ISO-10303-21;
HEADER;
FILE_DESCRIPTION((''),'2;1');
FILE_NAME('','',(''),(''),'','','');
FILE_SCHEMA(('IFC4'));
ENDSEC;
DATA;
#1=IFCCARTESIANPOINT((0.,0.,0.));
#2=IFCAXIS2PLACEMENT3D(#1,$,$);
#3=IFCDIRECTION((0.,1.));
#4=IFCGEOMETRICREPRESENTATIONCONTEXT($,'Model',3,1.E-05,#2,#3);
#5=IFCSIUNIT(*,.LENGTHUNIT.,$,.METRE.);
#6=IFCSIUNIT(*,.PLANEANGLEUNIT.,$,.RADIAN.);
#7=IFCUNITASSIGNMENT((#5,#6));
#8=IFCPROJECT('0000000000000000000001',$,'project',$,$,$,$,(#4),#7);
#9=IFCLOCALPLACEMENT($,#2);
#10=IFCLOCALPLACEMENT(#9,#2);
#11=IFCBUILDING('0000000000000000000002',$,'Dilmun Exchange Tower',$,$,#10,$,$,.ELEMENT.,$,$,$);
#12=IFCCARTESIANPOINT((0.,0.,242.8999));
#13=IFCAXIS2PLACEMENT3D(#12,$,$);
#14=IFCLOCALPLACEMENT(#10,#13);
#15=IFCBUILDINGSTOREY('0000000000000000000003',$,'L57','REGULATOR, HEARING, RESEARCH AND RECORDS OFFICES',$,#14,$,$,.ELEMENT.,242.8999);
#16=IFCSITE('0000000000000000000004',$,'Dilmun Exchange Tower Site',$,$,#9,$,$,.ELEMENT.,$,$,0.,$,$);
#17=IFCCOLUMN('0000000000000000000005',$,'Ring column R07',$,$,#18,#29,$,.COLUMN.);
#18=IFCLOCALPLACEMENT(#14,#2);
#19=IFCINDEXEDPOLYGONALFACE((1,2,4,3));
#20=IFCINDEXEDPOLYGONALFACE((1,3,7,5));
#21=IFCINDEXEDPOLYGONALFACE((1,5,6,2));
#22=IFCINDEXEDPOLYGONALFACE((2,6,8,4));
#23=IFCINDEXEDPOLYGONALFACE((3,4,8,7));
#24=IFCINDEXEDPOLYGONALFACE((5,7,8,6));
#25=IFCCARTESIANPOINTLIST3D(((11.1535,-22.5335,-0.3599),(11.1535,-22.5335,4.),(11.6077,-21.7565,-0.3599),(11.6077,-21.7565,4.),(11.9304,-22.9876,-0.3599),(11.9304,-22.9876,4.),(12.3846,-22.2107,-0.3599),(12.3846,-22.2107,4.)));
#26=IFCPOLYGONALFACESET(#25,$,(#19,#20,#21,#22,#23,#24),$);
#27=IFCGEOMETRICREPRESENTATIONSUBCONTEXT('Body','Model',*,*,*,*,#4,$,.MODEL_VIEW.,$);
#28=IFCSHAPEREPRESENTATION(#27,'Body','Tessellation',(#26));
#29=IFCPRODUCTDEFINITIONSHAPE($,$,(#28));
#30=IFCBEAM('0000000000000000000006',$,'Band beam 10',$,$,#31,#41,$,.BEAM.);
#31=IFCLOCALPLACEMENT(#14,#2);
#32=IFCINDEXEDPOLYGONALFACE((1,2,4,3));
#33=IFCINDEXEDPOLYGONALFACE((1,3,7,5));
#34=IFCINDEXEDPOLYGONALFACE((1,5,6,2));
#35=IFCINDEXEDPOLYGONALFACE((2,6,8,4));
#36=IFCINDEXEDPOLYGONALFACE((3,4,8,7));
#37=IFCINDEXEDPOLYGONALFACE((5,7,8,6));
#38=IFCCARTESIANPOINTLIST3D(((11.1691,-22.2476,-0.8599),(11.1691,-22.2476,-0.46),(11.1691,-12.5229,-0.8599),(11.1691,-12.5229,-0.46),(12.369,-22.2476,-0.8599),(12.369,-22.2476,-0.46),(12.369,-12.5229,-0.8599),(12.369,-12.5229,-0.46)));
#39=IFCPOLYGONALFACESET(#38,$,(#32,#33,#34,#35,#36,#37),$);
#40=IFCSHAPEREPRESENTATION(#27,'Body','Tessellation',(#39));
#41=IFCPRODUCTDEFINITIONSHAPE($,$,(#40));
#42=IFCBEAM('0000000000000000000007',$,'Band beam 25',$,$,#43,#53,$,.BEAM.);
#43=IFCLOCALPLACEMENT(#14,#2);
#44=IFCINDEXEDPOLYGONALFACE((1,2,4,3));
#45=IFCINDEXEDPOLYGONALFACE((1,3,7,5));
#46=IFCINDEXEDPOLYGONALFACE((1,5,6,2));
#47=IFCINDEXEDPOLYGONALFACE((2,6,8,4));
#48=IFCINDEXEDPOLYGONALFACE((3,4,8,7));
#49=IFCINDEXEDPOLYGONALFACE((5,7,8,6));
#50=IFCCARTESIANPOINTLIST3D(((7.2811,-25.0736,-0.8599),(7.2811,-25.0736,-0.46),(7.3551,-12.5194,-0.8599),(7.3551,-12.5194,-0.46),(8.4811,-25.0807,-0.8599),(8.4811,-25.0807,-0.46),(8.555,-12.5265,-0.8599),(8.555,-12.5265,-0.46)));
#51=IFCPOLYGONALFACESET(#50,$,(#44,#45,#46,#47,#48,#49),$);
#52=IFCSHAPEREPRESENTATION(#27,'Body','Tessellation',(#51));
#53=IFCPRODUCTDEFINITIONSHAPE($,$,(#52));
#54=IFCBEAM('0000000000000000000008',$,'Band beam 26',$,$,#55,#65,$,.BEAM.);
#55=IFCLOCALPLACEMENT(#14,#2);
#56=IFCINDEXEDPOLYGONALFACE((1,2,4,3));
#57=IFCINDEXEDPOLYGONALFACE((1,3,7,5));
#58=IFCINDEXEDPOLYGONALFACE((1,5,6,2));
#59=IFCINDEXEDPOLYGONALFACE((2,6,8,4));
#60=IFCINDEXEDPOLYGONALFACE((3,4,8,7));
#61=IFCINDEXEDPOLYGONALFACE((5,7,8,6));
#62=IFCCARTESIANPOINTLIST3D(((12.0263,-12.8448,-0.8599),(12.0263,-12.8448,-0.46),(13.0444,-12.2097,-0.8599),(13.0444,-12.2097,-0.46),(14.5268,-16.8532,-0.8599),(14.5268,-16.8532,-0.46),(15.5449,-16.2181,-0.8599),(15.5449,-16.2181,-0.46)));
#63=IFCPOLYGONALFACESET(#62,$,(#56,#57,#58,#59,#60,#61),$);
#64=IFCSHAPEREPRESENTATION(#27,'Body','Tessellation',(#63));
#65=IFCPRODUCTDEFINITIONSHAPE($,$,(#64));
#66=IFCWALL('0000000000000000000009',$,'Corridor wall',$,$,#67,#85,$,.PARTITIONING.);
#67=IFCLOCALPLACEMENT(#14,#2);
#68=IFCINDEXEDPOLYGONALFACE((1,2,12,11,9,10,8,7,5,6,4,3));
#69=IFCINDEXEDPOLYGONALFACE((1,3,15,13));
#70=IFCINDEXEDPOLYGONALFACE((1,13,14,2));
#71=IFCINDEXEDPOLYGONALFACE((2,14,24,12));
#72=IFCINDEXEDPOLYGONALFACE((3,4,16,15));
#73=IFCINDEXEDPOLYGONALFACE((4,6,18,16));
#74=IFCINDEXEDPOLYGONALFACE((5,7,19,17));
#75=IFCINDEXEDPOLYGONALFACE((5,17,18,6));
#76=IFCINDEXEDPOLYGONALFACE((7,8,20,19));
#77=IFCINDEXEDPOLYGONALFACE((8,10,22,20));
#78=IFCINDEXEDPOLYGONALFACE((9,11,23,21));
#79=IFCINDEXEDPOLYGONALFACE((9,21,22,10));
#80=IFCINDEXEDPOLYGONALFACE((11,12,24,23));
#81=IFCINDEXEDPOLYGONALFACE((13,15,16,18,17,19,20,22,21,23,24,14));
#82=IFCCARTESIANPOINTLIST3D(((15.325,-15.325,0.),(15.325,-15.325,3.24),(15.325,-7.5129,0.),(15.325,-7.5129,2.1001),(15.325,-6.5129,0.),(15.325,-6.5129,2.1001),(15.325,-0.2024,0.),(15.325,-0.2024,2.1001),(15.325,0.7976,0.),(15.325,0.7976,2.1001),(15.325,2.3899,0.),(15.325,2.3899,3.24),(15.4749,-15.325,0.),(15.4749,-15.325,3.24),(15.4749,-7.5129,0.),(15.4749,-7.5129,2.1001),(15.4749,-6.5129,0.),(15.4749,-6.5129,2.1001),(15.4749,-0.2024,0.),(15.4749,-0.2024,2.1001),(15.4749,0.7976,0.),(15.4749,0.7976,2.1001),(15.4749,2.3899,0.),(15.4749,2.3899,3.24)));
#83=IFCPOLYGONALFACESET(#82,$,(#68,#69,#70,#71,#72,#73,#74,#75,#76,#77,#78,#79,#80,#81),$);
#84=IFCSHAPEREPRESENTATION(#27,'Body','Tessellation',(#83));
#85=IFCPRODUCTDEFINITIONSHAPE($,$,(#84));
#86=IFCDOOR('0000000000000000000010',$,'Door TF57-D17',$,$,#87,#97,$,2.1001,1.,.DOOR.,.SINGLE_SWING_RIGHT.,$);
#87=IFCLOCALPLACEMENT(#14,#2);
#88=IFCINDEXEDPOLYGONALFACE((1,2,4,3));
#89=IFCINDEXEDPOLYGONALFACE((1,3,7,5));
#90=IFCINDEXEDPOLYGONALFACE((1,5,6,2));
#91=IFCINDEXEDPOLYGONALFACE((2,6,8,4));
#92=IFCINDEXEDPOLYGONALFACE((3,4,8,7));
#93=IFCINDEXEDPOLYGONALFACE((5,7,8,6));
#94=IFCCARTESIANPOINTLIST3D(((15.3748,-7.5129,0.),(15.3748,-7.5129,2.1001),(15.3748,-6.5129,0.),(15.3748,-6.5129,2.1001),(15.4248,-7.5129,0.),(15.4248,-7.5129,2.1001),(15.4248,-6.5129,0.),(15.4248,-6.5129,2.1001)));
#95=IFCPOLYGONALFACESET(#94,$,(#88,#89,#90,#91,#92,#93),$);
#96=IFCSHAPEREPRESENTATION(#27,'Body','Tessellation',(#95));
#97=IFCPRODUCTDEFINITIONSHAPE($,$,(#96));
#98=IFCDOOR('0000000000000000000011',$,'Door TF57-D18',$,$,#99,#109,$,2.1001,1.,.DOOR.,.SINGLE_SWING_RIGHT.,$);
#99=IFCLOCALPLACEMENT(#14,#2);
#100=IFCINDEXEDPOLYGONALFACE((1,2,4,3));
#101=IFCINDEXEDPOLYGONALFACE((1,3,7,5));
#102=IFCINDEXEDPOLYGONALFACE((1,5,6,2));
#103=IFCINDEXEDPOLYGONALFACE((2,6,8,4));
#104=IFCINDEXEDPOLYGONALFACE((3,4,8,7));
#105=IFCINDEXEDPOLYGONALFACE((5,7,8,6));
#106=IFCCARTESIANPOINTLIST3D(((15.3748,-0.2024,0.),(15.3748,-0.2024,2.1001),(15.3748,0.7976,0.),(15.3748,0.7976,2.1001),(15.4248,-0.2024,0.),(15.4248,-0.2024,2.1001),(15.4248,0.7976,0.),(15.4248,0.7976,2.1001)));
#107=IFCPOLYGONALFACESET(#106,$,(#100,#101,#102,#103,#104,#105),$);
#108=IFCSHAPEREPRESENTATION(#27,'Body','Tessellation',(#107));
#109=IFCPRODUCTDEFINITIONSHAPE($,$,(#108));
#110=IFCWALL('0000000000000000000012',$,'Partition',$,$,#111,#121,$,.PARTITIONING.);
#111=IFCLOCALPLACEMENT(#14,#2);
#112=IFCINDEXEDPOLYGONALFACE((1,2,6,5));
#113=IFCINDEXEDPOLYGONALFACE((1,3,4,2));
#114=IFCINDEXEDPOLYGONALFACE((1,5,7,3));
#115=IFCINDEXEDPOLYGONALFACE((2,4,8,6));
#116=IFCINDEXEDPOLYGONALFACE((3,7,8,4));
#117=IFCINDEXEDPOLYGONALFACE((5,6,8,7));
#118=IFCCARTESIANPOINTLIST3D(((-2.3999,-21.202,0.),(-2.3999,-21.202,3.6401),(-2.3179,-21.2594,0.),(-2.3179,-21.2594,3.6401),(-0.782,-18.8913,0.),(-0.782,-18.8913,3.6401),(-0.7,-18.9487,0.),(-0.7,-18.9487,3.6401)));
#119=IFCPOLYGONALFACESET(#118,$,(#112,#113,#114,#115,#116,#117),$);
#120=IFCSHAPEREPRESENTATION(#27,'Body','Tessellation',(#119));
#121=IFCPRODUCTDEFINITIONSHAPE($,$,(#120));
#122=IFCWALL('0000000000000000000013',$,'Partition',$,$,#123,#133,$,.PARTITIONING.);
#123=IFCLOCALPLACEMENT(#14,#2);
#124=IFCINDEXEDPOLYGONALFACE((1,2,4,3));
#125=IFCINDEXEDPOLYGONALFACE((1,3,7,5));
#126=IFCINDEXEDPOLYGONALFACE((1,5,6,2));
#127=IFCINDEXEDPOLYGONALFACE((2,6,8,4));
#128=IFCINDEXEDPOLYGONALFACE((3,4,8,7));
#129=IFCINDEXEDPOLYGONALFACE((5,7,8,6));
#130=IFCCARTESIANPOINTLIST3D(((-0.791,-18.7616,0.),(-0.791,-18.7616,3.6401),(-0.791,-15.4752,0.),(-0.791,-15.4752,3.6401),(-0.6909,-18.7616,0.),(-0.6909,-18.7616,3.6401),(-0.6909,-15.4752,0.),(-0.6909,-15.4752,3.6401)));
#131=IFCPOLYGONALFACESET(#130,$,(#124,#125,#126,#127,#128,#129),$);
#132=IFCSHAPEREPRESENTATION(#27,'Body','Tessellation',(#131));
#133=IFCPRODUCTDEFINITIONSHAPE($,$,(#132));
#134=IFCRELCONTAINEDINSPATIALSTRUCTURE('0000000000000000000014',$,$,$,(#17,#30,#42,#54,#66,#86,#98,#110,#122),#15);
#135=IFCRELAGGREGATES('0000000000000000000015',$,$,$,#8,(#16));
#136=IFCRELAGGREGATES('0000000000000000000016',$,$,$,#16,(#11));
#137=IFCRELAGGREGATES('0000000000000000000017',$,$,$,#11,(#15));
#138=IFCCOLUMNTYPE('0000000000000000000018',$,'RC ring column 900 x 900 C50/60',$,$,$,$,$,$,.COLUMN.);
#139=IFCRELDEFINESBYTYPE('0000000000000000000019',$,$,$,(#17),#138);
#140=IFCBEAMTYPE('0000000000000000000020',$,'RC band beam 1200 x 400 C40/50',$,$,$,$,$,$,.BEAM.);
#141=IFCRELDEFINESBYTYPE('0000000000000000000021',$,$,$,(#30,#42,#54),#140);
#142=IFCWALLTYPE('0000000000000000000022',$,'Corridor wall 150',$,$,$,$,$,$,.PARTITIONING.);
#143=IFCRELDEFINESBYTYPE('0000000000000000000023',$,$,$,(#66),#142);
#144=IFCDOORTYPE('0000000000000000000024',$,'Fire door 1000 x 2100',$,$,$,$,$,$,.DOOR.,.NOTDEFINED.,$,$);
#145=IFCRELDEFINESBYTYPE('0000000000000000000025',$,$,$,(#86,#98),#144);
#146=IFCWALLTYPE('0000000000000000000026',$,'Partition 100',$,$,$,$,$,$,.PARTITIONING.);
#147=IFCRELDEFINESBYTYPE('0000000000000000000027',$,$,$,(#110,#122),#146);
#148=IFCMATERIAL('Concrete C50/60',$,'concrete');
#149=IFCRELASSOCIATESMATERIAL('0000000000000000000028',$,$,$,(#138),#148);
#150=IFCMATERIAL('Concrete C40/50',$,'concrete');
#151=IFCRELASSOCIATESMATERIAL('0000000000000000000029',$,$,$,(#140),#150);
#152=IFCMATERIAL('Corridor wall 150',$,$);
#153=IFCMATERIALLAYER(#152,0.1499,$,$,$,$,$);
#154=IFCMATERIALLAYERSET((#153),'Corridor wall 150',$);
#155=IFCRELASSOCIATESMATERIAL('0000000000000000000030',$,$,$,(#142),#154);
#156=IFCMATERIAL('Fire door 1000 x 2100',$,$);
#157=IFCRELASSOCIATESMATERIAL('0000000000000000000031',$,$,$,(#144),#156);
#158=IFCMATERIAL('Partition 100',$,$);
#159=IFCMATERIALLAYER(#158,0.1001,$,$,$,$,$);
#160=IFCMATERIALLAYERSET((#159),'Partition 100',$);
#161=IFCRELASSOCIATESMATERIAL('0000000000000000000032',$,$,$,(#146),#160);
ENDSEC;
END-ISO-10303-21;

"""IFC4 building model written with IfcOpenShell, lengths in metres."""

from ifc_helpers import new_model, si_unit, direction, frame, frame_2d, origin, origin_2d, place, context, subcontext, project, spatial, rectangle, extrude, material, layer, layer_set, material_profile, profile_set, type_object, element, fill, save


model = new_model("IFC4")

# Units and contexts
model_context = context("Model", 3, precision=1e-05, world=origin(), true_north=direction((0.0, 1.0)))
body_context = subcontext(model_context, "Body", "Model", "MODEL_VIEW")
ifc_project = project(units=[si_unit("LENGTHUNIT", "METRE"), si_unit("PLANEANGLEUNIT", "RADIAN")], contexts=[model_context])

# Site, building, storey
site_placement = place(None, origin())
site = spatial("IfcSite", under=ifc_project, at=site_placement, Name="Dilmun Exchange Tower Site", CompositionType="ELEMENT", RefElevation=0.0)
building_placement = place(site_placement, origin())
building = spatial("IfcBuilding", under=site, at=building_placement, Name="Dilmun Exchange Tower", CompositionType="ELEMENT")
storey_placement = place(building_placement, frame((0.0, 0.0, 242.8999)))
storey = spatial("IfcBuildingStorey", under=building, at=storey_placement, Name="L57", Description="REGULATOR, HEARING, RESEARCH AND RECORDS OFFICES", CompositionType="ELEMENT", Elevation=242.8999)

# Column
ifc_material_1 = material(Name="Concrete C50/60", Category="concrete")
ifc_material_profile_1 = material_profile(ifc_material_1, rectangle(XDim=0.8999, YDim=0.8999, at=origin_2d()), Name="900 x 900")
ifc_profile_set_1 = profile_set([ifc_material_profile_1], Name="Concrete C50/60")
column_type = type_object("IfcColumnType", Name="RC ring column 900 x 900 C50/60", PredefinedType="COLUMN", material=ifc_profile_set_1)
column_placement = place(storey_placement, frame((11.769, -22.3721, -0.3599), z_axis=(0.0, 0.0, 1.0), x_axis=(0.504644, 0.863328, 0.0)))
element("IfcColumn", 1, at=column_placement, inside=storey, type_object=column_type, Name="Ring column R07", PredefinedType="COLUMN", context=body_context, shape_type="SweptSolid", body=[
    extrude(rectangle(XDim=0.8999, YDim=0.8999, at=origin_2d()), origin(), (0.0, 0.0, 1.0), 4.3599),
])

# Beams
ifc_material_2 = material(Name="Concrete C40/50", Category="concrete")
ifc_material_profile_2 = material_profile(ifc_material_2, rectangle(XDim=1.2, YDim=0.3999, at=origin_2d()), Name="1200 x 400")
ifc_profile_set_2 = profile_set([ifc_material_profile_2], Name="Concrete C40/50")
beam_type = type_object("IfcBeamType", Name="RC band beam 1200 x 400 C40/50", PredefinedType="BEAM", material=ifc_profile_set_2)
beam_1_placement = place(storey_placement, frame((11.769, -22.2476, -0.6599), z_axis=(0.0, 1.0, 0.0), x_axis=(-1.0, 0.0, 0.0)))
element("IfcBeam", 2, at=beam_1_placement, inside=storey, type_object=beam_type, Name="Band beam 10", PredefinedType="BEAM", context=body_context, shape_type="SweptSolid", body=[
    extrude(rectangle(XDim=1.2, YDim=0.3999, at=origin_2d()), origin(), (0.0, 0.0, 1.0), 9.7246),
])
beam_2_placement = place(storey_placement, frame((7.8811, -25.0771, -0.6599), z_axis=(0.005892, 0.999983, 0.0), x_axis=(-0.999983, 0.005892, 0.0)))
element("IfcBeam", 3, at=beam_2_placement, inside=storey, type_object=beam_type, Name="Band beam 25", PredefinedType="BEAM", context=body_context, shape_type="SweptSolid", body=[
    extrude(rectangle(XDim=1.2, YDim=0.3999, at=origin_2d()), origin(), (0.0, 0.0, 1.0), 12.5544),
])
beam_3_placement = place(storey_placement, frame((15.0359, -16.5356, -0.6599), z_axis=(-0.529283, 0.848445, 0.0), x_axis=(-0.848445, -0.529283, 0.0)))
element("IfcBeam", 4, at=beam_3_placement, inside=storey, type_object=beam_type, Name="Band beam 26", PredefinedType="BEAM", context=body_context, shape_type="SweptSolid", body=[
    extrude(rectangle(XDim=1.2, YDim=0.3999, at=origin_2d()), origin(), (0.0, 0.0, 1.0), 4.7244),
])

# Wall, openings, doors
ifc_material_3 = material(Name="Corridor wall 150")
ifc_layer_1 = layer(ifc_material_3, 0.1499)
ifc_layer_set_1 = layer_set([ifc_layer_1], Name="Corridor wall 150")
wall_type_1 = type_object("IfcWallType", Name="Corridor wall 150", PredefinedType="PARTITIONING", material=ifc_layer_set_1)
wall_1_placement = place(storey_placement, frame((15.3999, -15.325, 0.0), z_axis=(0.0, 0.0, 1.0), x_axis=(0.0, 1.0, 0.0)))
wall_1 = element("IfcWall", 5, at=wall_1_placement, inside=storey, type_object=wall_type_1, Name="Corridor wall", PredefinedType="PARTITIONING", context=body_context, shape_type="SweptSolid", body=[
    extrude(rectangle(XDim=17.7148, YDim=0.1499, at=frame_2d((8.8574, 0.0))), origin(), (0.0, 0.0, 1.0), 3.24),
])
opening_1_placement = place(wall_1_placement, frame((7.812, 0.0, 0.0)))
opening_1 = element("IfcOpeningElement", 6, at=opening_1_placement, cuts=wall_1, PredefinedType="OPENING", context=body_context, shape_type="SweptSolid", body=[
    extrude(rectangle(XDim=1.0, YDim=2.1001, at=frame_2d((0.5, 1.05))), frame((0.0, 0.085, 0.0), z_axis=(0.0, -1.0, 0.0), x_axis=(1.0, 0.0, 0.0)), (0.0, 0.0, 1.0), 0.1699),
])
opening_2_placement = place(wall_1_placement, frame((15.1226, 0.0, 0.0)))
opening_2 = element("IfcOpeningElement", 7, at=opening_2_placement, cuts=wall_1, PredefinedType="OPENING", context=body_context, shape_type="SweptSolid", body=[
    extrude(rectangle(XDim=1.0, YDim=2.1001, at=frame_2d((0.5, 1.05))), frame((0.0, 0.085, 0.0), z_axis=(0.0, -1.0, 0.0), x_axis=(1.0, 0.0, 0.0)), (0.0, 0.0, 1.0), 0.1699),
])
ifc_material_4 = material(Name="Fire door 1000 x 2100")
door_type = type_object("IfcDoorType", Name="Fire door 1000 x 2100", OperationType="NOTDEFINED", PredefinedType="DOOR", material=ifc_material_4)
door_1_placement = place(opening_1_placement, frame((1.0, 0.0, 0.0), z_axis=(0.0, 0.0, 1.0), x_axis=(-1.0, 0.0, 0.0)))
door_1 = element("IfcDoor", 8, at=door_1_placement, inside=storey, type_object=door_type, Name="Door TF57-D17", OperationType="SINGLE_SWING_RIGHT", OverallHeight=2.1001, OverallWidth=1.0, PredefinedType="DOOR", context=body_context, shape_type="SweptSolid", body=[
    extrude(rectangle(XDim=1.0, YDim=2.1001, at=frame_2d((0.5, 1.05))), frame((0.0, 0.0249, 0.0), z_axis=(0.0, -1.0, 0.0), x_axis=(1.0, 0.0, 0.0)), (0.0, 0.0, 1.0), 0.05),
])
fill(opening_1, door_1)
door_2_placement = place(opening_2_placement, frame((1.0, 0.0, 0.0), z_axis=(0.0, 0.0, 1.0), x_axis=(-1.0, 0.0, 0.0)))
door_2 = element("IfcDoor", 9, at=door_2_placement, inside=storey, type_object=door_type, Name="Door TF57-D18", OperationType="SINGLE_SWING_RIGHT", OverallHeight=2.1001, OverallWidth=1.0, PredefinedType="DOOR", context=body_context, shape_type="SweptSolid", body=[
    extrude(rectangle(XDim=1.0, YDim=2.1001, at=frame_2d((0.5, 1.05))), frame((0.0, 0.0249, 0.0), z_axis=(0.0, -1.0, 0.0), x_axis=(1.0, 0.0, 0.0)), (0.0, 0.0, 1.0), 0.05),
])
fill(opening_2, door_2)

# Walls
ifc_material_5 = material(Name="Partition 100")
ifc_layer_2 = layer(ifc_material_5, 0.1001)
ifc_layer_set_2 = layer_set([ifc_layer_2], Name="Partition 100")
wall_type_2 = type_object("IfcWallType", Name="Partition 100", PredefinedType="PARTITIONING", material=ifc_layer_set_2)
wall_2_placement = place(storey_placement, frame((-2.3589, -21.2307, 0.0), z_axis=(0.0, 0.0, 1.0), x_axis=(0.573549, 0.819171, 0.0)))
element("IfcWall", 10, at=wall_2_placement, inside=storey, type_object=wall_type_2, Name="Partition", PredefinedType="PARTITIONING", context=body_context, shape_type="SweptSolid", body=[
    extrude(rectangle(XDim=2.8208, YDim=0.1001, at=frame_2d((1.4104, 0.0))), origin(), (0.0, 0.0, 1.0), 3.6401),
])
wall_3_placement = place(storey_placement, frame((-0.741, -18.7615, 0.0), z_axis=(0.0, 0.0, 1.0), x_axis=(0.0, 1.0, 0.0)))
element("IfcWall", 11, at=wall_3_placement, inside=storey, type_object=wall_type_2, Name="Partition", PredefinedType="PARTITIONING", context=body_context, shape_type="SweptSolid", body=[
    extrude(rectangle(XDim=3.2864, YDim=0.1001, at=frame_2d((1.6431, 0.0))), origin(), (0.0, 0.0, 1.0), 3.6401),
])

save(model, "model.ifc")
